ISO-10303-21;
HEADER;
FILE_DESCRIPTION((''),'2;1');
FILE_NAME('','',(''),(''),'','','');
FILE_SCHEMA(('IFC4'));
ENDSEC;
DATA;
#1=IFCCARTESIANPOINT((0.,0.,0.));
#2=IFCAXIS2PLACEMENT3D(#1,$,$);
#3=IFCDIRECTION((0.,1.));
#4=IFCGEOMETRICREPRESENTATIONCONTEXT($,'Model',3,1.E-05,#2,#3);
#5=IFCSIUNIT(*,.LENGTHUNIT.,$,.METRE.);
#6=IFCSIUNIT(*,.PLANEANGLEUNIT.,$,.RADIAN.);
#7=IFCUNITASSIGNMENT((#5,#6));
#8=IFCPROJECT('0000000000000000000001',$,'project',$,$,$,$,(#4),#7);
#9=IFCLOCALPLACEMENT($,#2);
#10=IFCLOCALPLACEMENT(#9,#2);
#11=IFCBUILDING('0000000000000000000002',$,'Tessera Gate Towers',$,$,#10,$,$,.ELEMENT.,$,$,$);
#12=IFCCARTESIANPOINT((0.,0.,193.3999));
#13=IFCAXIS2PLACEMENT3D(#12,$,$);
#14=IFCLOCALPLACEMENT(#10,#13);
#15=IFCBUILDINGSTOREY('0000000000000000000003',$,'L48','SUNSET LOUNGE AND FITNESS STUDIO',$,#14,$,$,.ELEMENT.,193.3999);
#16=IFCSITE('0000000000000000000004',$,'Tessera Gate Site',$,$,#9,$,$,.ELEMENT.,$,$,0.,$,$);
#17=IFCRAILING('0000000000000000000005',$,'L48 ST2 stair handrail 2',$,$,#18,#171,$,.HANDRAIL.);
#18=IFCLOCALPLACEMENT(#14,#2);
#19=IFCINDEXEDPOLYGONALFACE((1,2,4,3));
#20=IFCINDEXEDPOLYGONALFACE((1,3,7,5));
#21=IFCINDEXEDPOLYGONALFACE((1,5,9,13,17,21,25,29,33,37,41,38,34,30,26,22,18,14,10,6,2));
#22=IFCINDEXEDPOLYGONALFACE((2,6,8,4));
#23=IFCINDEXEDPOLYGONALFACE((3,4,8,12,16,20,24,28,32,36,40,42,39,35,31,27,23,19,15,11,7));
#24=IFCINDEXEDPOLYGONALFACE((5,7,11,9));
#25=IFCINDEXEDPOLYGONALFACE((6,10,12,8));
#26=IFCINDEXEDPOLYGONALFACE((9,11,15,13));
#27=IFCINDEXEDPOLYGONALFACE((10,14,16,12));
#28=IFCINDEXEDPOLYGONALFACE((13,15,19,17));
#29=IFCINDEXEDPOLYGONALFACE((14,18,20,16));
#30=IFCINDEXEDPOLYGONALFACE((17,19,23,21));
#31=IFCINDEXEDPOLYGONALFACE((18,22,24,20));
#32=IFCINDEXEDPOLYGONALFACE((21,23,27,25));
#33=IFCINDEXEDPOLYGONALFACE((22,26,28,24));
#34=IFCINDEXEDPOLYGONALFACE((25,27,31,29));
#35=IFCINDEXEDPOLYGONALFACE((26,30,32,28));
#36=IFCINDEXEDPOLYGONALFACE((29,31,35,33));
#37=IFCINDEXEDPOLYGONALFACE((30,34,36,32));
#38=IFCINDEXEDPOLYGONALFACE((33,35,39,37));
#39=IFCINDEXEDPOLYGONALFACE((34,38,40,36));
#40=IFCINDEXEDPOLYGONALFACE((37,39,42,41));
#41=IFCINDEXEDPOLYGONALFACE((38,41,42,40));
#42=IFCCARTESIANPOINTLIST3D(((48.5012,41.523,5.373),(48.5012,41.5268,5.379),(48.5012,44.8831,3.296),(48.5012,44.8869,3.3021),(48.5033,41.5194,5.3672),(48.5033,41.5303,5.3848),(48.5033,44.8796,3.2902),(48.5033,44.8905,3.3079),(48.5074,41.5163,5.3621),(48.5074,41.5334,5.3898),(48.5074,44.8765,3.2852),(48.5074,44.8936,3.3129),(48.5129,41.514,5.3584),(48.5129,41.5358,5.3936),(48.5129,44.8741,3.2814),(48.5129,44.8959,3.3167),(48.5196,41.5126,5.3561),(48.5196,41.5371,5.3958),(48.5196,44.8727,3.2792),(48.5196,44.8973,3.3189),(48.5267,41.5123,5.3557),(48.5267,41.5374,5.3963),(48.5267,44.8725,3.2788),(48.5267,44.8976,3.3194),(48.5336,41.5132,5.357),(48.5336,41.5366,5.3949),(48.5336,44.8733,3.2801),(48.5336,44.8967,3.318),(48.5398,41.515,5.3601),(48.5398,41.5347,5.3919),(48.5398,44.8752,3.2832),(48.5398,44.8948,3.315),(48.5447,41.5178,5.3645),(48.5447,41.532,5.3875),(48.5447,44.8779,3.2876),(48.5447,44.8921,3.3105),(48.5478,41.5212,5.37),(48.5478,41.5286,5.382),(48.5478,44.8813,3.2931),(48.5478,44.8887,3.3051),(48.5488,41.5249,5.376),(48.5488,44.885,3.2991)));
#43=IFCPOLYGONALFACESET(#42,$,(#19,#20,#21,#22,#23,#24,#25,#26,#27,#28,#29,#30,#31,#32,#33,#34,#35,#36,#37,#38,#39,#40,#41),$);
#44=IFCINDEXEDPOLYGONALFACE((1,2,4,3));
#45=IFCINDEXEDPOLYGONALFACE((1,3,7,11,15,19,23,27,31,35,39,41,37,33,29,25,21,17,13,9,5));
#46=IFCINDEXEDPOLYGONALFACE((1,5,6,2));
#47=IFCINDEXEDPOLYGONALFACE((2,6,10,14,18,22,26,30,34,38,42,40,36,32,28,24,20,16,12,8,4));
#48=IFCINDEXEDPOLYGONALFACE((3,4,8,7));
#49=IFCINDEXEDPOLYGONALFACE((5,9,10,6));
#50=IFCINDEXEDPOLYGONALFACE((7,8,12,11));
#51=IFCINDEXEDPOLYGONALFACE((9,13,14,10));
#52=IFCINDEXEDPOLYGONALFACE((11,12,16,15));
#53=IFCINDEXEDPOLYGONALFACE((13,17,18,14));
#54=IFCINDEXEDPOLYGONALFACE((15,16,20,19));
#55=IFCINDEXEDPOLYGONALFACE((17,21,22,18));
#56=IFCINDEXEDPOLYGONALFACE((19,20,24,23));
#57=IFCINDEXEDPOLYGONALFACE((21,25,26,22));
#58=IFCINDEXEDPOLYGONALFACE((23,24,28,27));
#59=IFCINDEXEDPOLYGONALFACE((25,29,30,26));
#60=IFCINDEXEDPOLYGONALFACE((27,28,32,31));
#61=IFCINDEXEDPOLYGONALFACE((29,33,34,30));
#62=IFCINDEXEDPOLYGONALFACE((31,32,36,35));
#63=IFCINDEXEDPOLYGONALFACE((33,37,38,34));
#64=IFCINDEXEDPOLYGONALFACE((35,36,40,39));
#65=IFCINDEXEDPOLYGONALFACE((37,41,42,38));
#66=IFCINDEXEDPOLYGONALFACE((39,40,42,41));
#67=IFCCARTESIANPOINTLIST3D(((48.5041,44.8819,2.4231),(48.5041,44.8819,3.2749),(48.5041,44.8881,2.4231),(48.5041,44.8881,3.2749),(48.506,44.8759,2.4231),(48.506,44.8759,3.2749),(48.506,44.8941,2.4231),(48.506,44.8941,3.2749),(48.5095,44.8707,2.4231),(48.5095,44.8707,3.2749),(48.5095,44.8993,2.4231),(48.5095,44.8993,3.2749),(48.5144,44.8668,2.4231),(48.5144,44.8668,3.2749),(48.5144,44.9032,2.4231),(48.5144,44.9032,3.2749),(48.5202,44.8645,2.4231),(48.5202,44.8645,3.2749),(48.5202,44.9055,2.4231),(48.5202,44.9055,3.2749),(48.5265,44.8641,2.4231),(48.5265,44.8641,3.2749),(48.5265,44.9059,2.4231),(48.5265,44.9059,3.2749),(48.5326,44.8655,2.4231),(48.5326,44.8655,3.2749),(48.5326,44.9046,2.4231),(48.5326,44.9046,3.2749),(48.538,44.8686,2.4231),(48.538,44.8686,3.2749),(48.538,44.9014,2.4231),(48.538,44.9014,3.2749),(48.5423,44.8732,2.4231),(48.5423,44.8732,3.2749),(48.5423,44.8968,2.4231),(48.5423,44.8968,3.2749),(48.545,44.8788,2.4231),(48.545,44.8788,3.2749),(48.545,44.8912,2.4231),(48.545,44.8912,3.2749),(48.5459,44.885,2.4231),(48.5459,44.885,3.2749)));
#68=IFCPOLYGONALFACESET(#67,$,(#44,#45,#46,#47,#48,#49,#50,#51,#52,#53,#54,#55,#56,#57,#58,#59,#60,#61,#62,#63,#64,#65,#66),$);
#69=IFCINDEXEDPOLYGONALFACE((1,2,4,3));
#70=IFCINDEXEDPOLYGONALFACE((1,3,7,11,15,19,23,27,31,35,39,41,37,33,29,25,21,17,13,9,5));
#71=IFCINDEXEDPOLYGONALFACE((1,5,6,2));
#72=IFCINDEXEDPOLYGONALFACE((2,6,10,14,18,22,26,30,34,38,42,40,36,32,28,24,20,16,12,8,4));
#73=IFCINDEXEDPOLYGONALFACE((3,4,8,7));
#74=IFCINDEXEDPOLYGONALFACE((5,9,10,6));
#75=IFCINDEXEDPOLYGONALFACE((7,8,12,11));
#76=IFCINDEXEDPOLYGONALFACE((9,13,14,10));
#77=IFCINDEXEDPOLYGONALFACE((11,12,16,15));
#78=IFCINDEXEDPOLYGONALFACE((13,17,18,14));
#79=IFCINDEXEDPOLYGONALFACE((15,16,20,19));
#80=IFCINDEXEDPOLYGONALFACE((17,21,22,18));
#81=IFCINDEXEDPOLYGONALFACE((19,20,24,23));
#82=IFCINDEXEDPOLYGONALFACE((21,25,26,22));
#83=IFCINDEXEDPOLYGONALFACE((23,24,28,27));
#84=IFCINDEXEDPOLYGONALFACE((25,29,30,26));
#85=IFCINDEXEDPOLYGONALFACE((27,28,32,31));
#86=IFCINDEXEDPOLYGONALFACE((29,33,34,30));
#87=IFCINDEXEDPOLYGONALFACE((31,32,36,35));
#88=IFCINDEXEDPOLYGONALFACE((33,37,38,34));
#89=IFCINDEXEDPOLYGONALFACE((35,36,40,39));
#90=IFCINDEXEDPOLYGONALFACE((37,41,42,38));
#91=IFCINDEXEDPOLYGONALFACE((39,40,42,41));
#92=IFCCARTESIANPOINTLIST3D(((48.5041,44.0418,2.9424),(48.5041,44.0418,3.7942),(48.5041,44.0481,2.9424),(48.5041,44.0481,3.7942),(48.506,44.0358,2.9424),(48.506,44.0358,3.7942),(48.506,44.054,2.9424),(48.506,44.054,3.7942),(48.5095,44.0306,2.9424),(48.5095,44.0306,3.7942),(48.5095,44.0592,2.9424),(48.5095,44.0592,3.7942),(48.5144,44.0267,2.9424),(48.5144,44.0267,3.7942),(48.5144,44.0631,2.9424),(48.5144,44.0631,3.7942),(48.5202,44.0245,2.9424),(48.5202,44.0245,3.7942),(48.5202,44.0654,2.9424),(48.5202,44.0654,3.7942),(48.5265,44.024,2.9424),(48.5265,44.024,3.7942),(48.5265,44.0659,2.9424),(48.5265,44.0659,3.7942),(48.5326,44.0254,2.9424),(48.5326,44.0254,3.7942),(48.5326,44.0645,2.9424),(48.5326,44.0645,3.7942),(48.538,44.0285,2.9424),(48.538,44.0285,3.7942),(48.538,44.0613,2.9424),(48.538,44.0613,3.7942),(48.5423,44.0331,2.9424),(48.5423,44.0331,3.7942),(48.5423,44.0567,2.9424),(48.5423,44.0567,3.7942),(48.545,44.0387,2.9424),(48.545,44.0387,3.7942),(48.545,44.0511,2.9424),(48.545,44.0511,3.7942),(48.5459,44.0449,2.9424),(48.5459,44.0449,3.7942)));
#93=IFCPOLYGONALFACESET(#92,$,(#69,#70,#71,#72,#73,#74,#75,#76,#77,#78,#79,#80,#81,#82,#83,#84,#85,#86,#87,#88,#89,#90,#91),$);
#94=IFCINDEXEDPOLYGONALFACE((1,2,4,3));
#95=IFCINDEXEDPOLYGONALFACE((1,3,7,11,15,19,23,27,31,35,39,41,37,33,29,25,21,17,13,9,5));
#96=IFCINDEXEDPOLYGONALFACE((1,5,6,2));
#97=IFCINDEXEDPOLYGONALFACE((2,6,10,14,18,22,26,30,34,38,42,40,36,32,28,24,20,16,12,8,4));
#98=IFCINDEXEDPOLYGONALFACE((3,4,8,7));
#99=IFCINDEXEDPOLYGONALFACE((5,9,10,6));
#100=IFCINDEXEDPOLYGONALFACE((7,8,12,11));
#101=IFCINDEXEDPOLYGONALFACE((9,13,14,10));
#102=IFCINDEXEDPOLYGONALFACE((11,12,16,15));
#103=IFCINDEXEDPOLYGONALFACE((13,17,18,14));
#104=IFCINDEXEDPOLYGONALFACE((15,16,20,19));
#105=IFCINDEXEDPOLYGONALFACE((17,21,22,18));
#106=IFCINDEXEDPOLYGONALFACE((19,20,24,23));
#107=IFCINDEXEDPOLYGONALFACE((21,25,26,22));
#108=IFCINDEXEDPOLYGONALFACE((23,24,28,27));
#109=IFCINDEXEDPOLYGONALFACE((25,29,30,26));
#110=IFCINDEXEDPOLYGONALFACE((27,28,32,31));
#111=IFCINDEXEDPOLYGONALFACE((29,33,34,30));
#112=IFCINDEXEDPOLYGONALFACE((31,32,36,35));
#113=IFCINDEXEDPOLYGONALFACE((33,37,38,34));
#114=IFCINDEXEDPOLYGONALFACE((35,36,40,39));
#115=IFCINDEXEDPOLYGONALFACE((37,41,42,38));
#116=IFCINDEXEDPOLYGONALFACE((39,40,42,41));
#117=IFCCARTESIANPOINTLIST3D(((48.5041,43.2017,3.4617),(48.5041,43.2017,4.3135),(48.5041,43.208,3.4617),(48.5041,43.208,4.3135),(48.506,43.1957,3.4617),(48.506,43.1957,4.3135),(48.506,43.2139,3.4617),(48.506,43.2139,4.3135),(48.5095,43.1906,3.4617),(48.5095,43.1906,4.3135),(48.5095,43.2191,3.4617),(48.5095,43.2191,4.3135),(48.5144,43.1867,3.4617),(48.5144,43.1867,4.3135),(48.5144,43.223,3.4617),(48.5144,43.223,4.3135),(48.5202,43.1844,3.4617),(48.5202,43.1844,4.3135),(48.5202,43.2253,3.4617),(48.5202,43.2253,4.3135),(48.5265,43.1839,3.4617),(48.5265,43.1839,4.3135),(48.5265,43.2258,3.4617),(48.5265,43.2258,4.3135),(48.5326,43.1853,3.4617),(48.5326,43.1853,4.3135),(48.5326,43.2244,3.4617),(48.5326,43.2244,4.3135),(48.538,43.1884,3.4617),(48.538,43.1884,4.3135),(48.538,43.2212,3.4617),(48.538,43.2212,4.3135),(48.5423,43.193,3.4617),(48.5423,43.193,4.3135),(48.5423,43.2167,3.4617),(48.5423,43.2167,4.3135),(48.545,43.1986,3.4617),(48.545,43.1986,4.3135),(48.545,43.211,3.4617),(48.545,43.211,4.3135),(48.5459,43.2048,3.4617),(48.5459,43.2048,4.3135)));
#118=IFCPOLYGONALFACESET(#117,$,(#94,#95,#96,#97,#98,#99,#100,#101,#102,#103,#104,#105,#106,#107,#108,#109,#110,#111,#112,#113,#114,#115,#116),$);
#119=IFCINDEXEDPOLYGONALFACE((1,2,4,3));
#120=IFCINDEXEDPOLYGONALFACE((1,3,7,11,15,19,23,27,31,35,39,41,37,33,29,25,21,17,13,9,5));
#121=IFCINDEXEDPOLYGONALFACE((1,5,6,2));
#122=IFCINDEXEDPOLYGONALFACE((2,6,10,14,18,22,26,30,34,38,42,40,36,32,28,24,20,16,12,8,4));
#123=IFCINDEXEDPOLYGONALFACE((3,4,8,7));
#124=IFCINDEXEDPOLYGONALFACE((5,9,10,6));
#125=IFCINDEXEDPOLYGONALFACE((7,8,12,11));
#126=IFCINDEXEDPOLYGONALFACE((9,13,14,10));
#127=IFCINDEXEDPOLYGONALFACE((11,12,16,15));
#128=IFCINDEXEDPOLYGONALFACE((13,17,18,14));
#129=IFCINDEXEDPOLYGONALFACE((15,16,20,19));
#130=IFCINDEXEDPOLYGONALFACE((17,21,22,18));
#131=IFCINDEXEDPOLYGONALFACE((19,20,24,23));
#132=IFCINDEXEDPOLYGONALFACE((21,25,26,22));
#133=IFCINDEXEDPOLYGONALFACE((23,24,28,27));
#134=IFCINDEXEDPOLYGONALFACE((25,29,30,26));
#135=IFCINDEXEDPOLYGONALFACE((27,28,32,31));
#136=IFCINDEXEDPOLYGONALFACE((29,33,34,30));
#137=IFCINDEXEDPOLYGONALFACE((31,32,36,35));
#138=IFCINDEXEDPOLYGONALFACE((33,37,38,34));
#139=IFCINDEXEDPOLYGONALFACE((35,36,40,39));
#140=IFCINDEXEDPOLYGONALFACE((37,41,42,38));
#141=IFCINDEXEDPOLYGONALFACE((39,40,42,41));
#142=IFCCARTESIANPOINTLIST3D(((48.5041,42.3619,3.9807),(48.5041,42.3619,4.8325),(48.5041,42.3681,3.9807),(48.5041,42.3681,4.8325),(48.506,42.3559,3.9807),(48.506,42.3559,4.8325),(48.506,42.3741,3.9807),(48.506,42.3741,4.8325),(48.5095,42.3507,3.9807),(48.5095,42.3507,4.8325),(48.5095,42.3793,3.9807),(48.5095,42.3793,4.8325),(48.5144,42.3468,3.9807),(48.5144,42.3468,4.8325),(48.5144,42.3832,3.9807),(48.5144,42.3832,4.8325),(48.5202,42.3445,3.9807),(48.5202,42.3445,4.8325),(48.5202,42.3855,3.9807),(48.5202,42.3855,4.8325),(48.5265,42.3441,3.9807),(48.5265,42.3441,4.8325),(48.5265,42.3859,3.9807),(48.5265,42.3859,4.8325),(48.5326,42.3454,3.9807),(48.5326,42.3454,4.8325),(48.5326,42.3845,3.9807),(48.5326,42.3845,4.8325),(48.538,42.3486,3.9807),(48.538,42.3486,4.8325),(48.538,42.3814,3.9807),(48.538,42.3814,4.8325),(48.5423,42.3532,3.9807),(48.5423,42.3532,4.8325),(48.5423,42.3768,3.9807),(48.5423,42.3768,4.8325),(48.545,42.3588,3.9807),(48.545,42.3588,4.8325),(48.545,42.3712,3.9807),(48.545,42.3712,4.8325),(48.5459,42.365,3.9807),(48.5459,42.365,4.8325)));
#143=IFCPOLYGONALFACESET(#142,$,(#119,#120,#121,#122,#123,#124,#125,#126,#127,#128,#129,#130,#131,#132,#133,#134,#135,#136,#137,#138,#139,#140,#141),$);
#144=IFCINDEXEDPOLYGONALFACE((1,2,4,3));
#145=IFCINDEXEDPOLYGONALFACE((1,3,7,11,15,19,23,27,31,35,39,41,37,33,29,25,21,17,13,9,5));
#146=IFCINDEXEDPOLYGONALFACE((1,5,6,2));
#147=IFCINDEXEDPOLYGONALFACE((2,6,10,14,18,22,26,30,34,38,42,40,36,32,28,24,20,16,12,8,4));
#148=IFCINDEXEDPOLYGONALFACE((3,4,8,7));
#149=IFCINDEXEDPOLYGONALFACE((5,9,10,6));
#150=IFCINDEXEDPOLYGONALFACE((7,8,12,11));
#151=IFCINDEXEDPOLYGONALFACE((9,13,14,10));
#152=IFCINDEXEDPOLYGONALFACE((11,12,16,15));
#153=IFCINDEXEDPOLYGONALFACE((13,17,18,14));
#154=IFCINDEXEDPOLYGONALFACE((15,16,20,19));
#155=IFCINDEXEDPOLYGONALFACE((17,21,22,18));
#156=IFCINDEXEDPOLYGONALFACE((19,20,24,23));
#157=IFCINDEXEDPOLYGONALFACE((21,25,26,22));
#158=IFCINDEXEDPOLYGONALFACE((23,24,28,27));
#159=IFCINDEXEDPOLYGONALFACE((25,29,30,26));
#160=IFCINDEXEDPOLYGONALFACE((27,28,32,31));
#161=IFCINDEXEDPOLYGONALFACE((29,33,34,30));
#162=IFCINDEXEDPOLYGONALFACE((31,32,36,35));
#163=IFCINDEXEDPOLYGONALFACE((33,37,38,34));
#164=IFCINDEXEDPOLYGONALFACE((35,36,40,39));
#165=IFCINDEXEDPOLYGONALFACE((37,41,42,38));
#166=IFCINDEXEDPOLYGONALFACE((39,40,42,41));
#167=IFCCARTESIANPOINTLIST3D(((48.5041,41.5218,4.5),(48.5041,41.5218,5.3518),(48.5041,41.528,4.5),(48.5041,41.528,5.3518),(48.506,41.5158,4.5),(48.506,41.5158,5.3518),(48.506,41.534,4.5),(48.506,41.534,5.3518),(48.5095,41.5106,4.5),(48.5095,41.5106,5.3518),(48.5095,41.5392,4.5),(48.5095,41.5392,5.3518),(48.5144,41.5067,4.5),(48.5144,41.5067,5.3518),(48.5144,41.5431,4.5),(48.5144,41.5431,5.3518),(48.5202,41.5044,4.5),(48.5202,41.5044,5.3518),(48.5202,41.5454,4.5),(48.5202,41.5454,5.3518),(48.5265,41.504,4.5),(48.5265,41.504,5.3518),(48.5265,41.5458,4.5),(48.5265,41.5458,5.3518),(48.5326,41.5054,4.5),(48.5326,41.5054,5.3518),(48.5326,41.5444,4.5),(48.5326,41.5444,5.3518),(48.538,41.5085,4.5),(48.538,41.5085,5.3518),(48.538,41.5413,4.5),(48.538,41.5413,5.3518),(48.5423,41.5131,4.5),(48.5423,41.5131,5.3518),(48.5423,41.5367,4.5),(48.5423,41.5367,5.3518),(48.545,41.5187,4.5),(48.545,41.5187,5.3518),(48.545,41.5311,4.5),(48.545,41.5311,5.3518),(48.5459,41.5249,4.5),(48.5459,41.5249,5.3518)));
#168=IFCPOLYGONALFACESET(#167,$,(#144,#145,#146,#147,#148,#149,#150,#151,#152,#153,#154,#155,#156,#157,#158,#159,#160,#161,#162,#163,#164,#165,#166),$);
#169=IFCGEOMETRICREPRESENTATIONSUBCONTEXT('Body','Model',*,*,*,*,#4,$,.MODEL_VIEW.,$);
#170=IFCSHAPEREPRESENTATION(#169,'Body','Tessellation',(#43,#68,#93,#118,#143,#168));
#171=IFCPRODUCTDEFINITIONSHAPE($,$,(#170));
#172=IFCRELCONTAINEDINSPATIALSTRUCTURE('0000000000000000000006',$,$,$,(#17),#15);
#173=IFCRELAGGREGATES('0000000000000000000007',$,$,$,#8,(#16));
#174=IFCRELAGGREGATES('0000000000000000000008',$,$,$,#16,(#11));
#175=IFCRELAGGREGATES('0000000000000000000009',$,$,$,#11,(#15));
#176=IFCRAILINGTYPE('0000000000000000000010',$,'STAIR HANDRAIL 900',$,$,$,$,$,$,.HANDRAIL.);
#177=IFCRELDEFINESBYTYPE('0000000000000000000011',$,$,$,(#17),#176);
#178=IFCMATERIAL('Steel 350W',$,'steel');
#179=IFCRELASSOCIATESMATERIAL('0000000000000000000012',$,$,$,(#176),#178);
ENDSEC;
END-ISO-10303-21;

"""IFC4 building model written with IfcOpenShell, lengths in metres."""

from ifc_helpers import new_model, si_unit, direction, frame, origin, origin_2d, place, context, subcontext, project, spatial, circle, extrude, material, type_object, element, save


model = new_model("IFC4")

# Units and contexts
model_context = context("Model", 3, precision=1e-05, world=origin(), true_north=direction((0.0, 1.0)))
body_context = subcontext(model_context, "Body", "Model", "MODEL_VIEW")
ifc_project = project(units=[si_unit("LENGTHUNIT", "METRE"), si_unit("PLANEANGLEUNIT", "RADIAN")], contexts=[model_context])

# Site, building, storey
site_placement = place(None, origin())
site = spatial("IfcSite", under=ifc_project, at=site_placement, Name="Tessera Gate Site", CompositionType="ELEMENT", RefElevation=0.0)
building_placement = place(site_placement, origin())
building = spatial("IfcBuilding", under=site, at=building_placement, Name="Tessera Gate Towers", CompositionType="ELEMENT")
storey_placement = place(building_placement, frame((0.0, 0.0, 193.3999)))
storey = spatial("IfcBuildingStorey", under=building, at=storey_placement, Name="L48", Description="SUNSET LOUNGE AND FITNESS STUDIO", CompositionType="ELEMENT", Elevation=193.3999)

# Railing
ifc_material_1 = material(Name="Steel 350W", Category="steel")
railing_type_1 = type_object("IfcRailingType", Name="STAIR HANDRAIL 900", PredefinedType="HANDRAIL", material=ifc_material_1)
for number, where, name in (
    (1, (48.5249, 44.885, 2.4231), "L48 ST2 stair handrail 2"),
):
    element("IfcRailing", number, at=place(storey_placement, frame(where)), inside=storey, type_object=railing_type_1, Name=name, PredefinedType="HANDRAIL", context=body_context, shape_type="SweptSolid", body=[
        extrude(circle(Radius=0.0239, at=origin_2d()), frame((0.0, 0.0, 0.876), z_axis=(0.0, -0.850623, 0.525776), x_axis=(1.0, 0.0, 0.0)), (0.0, 0.0, 1.0), 3.9502),
        extrude(circle(Radius=0.021, at=origin_2d()), origin(), (0.0, 0.0, 1.0), 0.8518),
        extrude(circle(Radius=0.021, at=origin_2d()), frame((0.0, -0.8401, 0.5193)), (0.0, 0.0, 1.0), 0.8518),
        extrude(circle(Radius=0.021, at=origin_2d()), frame((0.0, -1.6802, 1.0386)), (0.0, 0.0, 1.0), 0.8518),
        extrude(circle(Radius=0.021, at=origin_2d()), frame((0.0, -2.52, 1.5576)), (0.0, 0.0, 1.0), 0.8518),
        extrude(circle(Radius=0.021, at=origin_2d()), frame((0.0, -3.3601, 2.0769)), (0.0, 0.0, 1.0), 0.8518),
    ])

save(model, "model.ifc")
